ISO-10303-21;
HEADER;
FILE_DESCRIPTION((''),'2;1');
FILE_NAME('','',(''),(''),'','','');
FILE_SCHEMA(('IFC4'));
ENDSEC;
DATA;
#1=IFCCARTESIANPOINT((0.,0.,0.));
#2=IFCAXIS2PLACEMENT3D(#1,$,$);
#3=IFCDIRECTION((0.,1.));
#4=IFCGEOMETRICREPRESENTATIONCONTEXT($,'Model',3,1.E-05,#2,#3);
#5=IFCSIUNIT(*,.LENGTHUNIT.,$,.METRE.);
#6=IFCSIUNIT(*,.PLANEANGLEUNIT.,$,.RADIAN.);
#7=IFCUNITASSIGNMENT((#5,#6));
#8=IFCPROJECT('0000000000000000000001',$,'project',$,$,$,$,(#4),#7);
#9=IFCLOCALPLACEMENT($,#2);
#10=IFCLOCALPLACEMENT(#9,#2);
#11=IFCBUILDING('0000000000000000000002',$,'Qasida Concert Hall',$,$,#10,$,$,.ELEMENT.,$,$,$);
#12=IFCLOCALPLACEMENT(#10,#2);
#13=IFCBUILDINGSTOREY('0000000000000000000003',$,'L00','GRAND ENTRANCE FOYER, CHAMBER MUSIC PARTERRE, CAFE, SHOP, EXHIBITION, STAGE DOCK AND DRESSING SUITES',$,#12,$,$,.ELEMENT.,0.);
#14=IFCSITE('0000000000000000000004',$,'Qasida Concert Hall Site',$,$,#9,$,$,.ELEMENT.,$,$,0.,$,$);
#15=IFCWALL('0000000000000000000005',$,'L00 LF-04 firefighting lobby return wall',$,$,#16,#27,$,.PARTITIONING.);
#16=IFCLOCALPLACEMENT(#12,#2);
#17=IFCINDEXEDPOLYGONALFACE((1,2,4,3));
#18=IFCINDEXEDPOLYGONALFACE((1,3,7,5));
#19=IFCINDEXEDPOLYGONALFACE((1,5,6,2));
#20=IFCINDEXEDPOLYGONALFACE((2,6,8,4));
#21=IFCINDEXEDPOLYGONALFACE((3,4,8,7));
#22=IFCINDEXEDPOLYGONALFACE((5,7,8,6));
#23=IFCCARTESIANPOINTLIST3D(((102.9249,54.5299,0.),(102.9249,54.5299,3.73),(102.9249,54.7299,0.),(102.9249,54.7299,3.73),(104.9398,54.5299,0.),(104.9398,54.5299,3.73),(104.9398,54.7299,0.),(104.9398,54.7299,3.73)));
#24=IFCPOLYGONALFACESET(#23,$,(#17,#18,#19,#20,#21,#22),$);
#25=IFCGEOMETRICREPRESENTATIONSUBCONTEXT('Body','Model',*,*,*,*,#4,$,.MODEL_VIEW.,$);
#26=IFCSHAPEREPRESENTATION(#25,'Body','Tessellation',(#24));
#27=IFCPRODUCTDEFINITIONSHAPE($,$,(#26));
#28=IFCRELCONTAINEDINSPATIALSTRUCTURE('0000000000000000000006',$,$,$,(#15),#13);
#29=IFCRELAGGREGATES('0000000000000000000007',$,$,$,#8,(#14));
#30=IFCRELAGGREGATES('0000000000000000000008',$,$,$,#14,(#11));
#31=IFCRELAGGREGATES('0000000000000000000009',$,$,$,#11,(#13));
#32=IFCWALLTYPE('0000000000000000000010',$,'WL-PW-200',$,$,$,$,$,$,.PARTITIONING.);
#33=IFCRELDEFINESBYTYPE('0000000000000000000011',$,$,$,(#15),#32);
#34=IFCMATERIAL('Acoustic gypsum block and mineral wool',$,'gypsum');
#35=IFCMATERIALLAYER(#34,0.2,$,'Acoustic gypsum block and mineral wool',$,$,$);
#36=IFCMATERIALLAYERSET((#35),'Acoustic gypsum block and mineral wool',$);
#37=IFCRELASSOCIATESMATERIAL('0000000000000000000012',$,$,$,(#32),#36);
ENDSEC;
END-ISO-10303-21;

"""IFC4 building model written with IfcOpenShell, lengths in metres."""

from ifc_helpers import new_model, si_unit, direction, frame, frame_2d, origin, place, context, subcontext, project, spatial, rectangle, extrude, material, layer, layer_set, type_object, element, save


model = new_model("IFC4")

# Units and contexts
model_context = context("Model", 3, precision=1e-05, world=origin(), true_north=direction((0.0, 1.0)))
body_context = subcontext(model_context, "Body", "Model", "MODEL_VIEW")
ifc_project = project(units=[si_unit("LENGTHUNIT", "METRE"), si_unit("PLANEANGLEUNIT", "RADIAN")], contexts=[model_context])

# Site, building, storey
site_placement = place(None, origin())
site = spatial("IfcSite", under=ifc_project, at=site_placement, Name="Qasida Concert Hall Site", CompositionType="ELEMENT", RefElevation=0.0)
building_placement = place(site_placement, origin())
building = spatial("IfcBuilding", under=site, at=building_placement, Name="Qasida Concert Hall", CompositionType="ELEMENT")
storey_placement = place(building_placement, origin())
storey = spatial("IfcBuildingStorey", under=building, at=storey_placement, Name="L00", Description="GRAND ENTRANCE FOYER, CHAMBER MUSIC PARTERRE, CAFE, SHOP, EXHIBITION, STAGE DOCK AND DRESSING SUITES", CompositionType="ELEMENT", Elevation=0.0)

# Wall
ifc_material_1 = material(Name="Acoustic gypsum block and mineral wool", Category="gypsum")
ifc_layer_1 = layer(ifc_material_1, 0.2, Name="Acoustic gypsum block and mineral wool")
ifc_layer_set_1 = layer_set([ifc_layer_1], Name="Acoustic gypsum block and mineral wool")
wall_type_1 = type_object("IfcWallType", Name="WL-PW-200", PredefinedType="PARTITIONING", material=ifc_layer_set_1)
wall_1_placement = place(storey_placement, frame((102.925, 54.6299, 0.0), z_axis=(0.0, 0.0, 1.0), x_axis=(1.0, 0.0, 0.0)))
element("IfcWall", 1, at=wall_1_placement, inside=storey, type_object=wall_type_1, Name="L00 LF-04 firefighting lobby return wall", PredefinedType="PARTITIONING", context=body_context, shape_type="SweptSolid", body=[
    extrude(rectangle(XDim=2.0149, YDim=0.2, at=frame_2d((1.0073, 0.0))), origin(), (0.0, 0.0, 1.0), 3.73),
])

save(model, "model.ifc")
